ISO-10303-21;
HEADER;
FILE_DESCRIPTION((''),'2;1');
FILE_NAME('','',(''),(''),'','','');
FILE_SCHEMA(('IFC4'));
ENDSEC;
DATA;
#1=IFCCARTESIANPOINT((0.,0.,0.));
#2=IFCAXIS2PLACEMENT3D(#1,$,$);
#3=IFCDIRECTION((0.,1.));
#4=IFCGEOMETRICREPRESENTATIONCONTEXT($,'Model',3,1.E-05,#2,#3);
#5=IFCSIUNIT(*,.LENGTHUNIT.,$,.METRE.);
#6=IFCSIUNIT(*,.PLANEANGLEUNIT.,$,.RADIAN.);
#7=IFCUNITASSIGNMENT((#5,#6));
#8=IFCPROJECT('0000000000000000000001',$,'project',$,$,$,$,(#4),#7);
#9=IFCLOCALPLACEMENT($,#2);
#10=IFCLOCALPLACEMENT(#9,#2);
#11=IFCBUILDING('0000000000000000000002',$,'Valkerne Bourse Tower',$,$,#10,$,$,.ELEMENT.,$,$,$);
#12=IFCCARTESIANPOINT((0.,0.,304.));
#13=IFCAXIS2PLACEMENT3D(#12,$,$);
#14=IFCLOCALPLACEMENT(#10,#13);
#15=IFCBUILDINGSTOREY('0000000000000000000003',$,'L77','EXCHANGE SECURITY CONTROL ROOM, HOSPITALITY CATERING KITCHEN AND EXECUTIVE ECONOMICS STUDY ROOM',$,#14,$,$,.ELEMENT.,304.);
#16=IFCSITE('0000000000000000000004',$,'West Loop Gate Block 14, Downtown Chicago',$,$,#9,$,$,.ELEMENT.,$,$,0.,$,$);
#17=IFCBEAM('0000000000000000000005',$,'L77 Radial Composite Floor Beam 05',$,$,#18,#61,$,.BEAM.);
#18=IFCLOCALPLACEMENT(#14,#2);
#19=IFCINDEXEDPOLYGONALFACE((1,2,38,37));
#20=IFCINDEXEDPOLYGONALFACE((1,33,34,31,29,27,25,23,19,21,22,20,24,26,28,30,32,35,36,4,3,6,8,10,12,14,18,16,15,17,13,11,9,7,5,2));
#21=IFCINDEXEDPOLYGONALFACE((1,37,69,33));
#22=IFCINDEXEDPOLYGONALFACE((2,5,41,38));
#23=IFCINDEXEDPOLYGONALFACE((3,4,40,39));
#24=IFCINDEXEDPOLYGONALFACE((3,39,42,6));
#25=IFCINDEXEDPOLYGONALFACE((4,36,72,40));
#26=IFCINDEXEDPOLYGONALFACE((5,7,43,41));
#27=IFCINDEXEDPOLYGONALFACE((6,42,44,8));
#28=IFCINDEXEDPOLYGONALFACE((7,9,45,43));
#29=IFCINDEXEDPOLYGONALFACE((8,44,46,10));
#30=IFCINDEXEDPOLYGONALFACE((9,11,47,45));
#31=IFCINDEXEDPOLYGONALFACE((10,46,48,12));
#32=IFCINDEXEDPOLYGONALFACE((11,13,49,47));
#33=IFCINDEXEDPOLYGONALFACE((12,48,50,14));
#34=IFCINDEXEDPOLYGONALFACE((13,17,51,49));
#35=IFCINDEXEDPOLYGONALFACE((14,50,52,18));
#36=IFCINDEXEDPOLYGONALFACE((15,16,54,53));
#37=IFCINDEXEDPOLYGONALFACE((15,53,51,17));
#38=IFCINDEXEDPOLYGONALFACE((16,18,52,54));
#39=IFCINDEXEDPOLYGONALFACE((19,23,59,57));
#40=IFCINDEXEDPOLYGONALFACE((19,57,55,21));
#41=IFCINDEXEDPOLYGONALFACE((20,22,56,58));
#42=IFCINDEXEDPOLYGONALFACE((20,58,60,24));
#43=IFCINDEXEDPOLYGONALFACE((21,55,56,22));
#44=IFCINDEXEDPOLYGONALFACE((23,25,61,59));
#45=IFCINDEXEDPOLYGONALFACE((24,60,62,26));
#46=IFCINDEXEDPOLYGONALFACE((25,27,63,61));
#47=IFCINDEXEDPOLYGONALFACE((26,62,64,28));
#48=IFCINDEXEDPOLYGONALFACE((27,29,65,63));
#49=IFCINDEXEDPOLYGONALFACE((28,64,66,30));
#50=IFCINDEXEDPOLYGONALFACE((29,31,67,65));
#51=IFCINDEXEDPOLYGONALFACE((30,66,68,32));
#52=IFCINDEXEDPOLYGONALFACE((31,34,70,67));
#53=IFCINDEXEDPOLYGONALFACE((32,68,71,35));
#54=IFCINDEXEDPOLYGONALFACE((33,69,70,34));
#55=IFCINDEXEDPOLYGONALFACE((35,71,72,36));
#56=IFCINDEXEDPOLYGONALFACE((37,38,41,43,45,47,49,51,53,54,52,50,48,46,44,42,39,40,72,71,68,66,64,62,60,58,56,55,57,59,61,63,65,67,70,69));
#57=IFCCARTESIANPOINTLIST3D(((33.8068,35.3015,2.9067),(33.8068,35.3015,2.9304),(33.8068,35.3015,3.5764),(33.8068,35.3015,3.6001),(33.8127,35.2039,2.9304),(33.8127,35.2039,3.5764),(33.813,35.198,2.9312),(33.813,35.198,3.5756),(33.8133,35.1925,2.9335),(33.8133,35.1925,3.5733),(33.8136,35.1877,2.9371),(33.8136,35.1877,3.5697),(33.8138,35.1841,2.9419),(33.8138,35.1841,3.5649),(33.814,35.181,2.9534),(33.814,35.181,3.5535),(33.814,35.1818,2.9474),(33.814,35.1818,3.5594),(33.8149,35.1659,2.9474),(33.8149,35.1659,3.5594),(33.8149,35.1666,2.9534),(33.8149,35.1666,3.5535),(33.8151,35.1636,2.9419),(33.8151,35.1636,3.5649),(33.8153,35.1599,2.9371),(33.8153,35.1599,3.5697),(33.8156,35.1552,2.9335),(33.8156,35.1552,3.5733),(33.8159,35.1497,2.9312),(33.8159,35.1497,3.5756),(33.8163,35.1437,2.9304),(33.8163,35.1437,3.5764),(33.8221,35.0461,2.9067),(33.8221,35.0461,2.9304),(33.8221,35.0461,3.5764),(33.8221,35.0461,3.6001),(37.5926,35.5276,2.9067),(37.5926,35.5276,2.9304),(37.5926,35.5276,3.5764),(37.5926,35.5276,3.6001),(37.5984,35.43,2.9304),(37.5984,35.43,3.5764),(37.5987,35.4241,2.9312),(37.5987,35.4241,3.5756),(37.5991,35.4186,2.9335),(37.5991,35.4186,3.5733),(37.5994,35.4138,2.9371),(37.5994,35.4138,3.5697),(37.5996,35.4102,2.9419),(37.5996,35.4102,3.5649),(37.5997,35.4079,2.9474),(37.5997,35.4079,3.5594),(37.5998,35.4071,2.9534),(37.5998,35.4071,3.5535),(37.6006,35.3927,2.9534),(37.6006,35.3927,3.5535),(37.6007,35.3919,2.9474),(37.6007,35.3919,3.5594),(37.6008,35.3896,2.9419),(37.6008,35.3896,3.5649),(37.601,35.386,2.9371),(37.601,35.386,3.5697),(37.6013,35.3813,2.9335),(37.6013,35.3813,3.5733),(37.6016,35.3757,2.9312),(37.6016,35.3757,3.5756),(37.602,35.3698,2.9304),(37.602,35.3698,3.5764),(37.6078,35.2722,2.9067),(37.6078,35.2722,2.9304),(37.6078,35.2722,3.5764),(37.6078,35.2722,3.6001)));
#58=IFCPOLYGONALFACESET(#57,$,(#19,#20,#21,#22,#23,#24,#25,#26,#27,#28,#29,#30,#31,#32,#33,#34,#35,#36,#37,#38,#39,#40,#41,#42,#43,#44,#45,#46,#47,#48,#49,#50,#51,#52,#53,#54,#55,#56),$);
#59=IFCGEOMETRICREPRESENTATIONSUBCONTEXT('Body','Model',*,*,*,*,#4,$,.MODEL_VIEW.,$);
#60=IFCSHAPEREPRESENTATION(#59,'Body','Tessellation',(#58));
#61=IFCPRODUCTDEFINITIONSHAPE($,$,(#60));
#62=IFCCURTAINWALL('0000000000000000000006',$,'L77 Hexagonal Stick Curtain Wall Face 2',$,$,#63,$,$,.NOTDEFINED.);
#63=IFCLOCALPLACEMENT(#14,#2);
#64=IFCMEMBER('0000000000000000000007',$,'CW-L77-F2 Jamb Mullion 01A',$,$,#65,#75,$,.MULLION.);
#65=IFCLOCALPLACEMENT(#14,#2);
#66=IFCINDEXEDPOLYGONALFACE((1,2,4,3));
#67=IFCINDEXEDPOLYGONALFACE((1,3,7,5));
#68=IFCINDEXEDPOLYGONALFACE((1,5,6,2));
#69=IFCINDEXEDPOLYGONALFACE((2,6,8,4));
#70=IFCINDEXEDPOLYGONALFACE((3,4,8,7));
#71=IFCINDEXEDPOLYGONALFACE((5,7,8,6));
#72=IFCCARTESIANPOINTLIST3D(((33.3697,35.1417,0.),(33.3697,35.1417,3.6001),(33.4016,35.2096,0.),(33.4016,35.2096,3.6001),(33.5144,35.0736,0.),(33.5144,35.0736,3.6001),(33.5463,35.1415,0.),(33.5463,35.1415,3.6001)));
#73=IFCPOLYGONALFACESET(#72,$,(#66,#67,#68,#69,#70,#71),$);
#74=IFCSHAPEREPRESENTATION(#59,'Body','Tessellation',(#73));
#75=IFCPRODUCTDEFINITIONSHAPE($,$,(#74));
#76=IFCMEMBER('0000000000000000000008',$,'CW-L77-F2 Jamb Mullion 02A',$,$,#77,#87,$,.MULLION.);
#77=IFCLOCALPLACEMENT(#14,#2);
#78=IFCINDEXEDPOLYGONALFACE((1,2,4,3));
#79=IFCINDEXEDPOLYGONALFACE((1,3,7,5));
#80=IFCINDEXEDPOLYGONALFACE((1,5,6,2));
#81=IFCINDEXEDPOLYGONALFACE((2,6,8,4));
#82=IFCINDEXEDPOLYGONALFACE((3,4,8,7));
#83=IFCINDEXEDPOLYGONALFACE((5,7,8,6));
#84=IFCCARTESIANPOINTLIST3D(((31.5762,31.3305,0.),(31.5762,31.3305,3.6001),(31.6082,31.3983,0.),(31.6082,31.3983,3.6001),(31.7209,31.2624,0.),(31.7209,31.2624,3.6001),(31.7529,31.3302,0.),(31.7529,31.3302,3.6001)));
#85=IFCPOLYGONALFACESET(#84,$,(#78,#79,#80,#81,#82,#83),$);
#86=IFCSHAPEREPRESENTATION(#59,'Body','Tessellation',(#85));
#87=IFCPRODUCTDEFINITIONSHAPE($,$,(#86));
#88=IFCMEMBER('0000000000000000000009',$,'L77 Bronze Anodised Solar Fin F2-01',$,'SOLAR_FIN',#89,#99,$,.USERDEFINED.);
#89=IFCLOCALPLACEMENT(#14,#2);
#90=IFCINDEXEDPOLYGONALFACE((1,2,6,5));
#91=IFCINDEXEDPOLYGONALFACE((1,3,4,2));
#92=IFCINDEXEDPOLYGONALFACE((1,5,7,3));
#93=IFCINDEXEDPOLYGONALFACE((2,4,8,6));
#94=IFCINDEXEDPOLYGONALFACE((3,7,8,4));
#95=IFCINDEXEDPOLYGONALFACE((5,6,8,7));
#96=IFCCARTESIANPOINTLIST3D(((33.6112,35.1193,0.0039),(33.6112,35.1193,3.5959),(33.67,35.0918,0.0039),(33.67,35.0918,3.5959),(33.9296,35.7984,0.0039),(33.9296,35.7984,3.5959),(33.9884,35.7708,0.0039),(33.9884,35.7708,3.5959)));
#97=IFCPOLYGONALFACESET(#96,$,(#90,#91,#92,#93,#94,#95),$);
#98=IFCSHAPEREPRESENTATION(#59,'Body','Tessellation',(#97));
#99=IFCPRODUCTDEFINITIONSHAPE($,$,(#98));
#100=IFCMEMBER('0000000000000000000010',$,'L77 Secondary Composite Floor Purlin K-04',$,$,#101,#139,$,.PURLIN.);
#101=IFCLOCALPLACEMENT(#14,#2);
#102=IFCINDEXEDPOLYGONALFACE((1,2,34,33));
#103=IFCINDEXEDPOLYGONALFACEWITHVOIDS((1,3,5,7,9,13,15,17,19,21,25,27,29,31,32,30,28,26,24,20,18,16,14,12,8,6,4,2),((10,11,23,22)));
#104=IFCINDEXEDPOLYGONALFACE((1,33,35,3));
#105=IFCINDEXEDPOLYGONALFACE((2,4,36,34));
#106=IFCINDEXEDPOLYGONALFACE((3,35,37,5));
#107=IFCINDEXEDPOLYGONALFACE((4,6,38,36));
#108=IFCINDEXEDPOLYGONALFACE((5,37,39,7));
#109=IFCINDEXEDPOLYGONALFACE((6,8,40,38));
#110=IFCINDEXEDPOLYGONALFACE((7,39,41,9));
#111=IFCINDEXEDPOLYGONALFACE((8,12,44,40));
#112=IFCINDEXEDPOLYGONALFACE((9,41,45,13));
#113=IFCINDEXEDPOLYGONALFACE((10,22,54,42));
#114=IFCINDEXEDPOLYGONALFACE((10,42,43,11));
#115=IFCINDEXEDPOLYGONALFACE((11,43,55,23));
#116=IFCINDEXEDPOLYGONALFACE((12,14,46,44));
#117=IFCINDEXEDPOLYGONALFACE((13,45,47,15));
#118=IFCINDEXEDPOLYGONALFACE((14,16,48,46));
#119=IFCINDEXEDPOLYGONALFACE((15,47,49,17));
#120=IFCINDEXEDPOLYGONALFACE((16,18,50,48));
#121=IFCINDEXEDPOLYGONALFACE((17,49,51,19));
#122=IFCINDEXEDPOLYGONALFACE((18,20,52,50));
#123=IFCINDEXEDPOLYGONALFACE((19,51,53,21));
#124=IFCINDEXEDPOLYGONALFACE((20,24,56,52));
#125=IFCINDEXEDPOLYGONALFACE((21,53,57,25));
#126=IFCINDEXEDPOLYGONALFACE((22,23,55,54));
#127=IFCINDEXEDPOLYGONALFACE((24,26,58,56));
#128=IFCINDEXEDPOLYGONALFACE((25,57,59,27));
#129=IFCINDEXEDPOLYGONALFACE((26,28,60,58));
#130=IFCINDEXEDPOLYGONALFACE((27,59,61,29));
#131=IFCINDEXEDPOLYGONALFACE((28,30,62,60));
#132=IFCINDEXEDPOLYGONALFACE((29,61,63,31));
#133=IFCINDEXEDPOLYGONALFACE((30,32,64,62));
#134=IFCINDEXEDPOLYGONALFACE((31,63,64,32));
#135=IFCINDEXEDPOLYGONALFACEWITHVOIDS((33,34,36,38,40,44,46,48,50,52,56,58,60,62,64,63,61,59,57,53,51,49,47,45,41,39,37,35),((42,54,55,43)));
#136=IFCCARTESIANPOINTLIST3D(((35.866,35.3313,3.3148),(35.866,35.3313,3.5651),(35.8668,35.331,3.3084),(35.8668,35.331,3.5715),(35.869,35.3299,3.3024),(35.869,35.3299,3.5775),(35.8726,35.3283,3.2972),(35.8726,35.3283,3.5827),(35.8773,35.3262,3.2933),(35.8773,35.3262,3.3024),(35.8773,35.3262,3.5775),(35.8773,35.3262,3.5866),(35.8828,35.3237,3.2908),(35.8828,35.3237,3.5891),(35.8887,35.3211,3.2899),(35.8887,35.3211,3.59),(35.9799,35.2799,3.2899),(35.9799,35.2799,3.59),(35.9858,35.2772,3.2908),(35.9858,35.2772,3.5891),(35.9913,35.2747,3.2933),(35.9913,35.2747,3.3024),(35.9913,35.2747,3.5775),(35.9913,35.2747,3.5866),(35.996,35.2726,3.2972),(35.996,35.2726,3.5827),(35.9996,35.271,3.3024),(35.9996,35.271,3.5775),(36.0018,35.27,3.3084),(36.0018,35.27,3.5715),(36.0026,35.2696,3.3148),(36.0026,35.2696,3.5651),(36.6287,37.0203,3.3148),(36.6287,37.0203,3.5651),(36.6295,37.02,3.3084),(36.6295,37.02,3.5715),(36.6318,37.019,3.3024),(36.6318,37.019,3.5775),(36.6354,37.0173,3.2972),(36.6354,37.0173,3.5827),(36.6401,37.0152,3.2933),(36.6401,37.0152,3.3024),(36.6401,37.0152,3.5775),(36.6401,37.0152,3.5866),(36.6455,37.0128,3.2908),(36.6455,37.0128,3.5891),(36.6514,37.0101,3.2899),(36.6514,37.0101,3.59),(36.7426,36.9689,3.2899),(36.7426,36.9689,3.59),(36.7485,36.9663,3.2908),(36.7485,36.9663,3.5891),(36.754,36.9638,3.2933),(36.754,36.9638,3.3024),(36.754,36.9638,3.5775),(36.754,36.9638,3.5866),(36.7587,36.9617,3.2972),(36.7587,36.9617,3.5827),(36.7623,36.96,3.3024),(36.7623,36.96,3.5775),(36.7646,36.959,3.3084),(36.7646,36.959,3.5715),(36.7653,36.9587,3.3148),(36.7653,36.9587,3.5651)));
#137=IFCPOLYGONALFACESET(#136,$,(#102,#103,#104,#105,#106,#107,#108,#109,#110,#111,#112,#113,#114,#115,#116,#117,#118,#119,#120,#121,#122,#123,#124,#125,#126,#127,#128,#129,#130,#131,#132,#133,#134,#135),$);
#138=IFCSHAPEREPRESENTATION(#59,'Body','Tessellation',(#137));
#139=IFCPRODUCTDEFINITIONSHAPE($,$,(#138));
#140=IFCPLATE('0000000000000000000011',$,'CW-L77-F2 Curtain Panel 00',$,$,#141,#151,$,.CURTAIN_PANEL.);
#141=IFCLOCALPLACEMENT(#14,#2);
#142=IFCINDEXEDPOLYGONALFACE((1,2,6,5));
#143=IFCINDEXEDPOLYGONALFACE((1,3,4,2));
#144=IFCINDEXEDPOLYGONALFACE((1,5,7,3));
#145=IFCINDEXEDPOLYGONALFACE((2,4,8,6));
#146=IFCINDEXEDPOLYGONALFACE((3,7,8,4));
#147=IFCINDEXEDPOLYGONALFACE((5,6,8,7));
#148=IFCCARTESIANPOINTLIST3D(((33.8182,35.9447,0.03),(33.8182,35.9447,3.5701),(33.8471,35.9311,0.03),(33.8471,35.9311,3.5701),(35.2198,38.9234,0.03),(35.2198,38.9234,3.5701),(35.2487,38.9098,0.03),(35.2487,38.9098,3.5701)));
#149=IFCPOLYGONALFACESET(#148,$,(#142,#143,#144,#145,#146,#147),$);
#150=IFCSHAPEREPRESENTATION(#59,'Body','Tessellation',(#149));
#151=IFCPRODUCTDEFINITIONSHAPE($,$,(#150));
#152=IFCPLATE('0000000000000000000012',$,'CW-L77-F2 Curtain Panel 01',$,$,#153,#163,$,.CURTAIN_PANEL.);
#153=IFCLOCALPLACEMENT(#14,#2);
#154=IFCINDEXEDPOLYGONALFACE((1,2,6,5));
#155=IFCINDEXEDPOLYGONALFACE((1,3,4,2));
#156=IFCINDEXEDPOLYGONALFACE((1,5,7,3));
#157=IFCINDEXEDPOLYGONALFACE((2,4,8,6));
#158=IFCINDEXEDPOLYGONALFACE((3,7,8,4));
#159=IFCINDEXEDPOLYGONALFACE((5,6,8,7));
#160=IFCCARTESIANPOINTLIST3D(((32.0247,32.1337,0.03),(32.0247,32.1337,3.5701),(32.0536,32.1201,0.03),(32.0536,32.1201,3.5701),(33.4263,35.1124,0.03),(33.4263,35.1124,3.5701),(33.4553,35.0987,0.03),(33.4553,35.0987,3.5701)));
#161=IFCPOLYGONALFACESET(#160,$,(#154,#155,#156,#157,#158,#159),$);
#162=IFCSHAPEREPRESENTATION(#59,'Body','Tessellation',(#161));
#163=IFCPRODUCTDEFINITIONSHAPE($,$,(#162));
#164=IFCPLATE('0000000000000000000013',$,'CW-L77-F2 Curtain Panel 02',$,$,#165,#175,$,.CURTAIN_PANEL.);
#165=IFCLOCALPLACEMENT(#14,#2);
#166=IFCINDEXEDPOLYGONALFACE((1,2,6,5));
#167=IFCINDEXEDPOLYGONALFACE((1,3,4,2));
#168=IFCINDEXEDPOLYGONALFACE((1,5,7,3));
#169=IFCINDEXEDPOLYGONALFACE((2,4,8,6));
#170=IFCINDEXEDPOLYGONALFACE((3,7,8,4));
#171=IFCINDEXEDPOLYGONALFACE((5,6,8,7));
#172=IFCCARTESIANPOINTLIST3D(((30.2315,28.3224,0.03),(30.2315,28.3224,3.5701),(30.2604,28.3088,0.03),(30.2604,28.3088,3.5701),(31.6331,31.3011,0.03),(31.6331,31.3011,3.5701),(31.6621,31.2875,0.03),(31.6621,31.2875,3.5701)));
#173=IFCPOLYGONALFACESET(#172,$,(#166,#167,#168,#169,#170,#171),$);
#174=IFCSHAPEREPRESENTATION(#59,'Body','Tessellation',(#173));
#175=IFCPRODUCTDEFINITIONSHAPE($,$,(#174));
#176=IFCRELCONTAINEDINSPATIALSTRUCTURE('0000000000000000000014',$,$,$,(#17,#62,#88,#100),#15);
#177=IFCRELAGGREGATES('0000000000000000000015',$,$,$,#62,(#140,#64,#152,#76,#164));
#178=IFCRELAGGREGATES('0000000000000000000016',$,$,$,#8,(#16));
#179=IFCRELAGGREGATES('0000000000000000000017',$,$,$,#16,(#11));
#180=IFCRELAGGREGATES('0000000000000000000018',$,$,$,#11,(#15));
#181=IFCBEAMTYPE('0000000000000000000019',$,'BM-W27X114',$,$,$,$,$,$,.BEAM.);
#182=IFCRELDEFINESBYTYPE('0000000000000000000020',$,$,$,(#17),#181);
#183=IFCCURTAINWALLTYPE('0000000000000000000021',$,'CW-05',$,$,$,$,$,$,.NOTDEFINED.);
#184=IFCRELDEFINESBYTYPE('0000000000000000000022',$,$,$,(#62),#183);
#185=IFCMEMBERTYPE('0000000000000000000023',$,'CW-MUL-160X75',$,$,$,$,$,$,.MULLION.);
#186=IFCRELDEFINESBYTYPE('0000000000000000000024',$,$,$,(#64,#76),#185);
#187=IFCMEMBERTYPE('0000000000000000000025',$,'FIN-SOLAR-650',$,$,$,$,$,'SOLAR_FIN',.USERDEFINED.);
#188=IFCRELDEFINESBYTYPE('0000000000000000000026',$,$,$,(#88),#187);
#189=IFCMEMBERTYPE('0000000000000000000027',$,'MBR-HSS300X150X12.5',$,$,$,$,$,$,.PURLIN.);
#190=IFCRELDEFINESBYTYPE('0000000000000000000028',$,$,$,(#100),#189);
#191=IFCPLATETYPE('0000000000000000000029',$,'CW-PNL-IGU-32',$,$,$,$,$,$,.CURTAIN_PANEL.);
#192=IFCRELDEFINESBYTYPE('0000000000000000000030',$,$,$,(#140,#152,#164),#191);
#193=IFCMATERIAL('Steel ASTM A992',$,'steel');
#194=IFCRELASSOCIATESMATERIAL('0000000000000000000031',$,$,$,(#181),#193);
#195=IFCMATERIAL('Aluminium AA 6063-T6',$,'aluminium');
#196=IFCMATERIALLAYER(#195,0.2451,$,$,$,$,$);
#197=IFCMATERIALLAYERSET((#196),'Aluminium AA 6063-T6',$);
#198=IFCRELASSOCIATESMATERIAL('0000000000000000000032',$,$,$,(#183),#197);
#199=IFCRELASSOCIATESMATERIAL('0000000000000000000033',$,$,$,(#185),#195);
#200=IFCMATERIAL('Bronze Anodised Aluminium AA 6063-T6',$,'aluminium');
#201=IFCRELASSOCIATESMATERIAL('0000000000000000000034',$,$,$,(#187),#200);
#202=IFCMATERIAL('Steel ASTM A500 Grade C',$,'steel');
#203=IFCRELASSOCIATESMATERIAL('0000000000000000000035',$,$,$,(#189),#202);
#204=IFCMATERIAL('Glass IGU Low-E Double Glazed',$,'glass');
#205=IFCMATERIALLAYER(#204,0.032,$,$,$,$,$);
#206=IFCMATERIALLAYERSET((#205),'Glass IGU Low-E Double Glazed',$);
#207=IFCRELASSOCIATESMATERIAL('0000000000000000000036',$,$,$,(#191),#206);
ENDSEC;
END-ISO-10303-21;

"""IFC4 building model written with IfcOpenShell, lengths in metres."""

from ifc_helpers import new_model, si_unit, direction, frame, origin, origin_2d, place, context, subcontext, project, spatial, rectangle, hollow_rectangle, i_section, extrude, material, layer, layer_set, material_profile, profile_set, type_object, element, aggregate, save


model = new_model("IFC4")

# Units and contexts
model_context = context("Model", 3, precision=1e-05, world=origin(), true_north=direction((0.0, 1.0)))
body_context = subcontext(model_context, "Body", "Model", "MODEL_VIEW")
ifc_project = project(units=[si_unit("LENGTHUNIT", "METRE"), si_unit("PLANEANGLEUNIT", "RADIAN")], contexts=[model_context])

# Site, building, storey
site_placement = place(None, origin())
site = spatial("IfcSite", under=ifc_project, at=site_placement, Name="West Loop Gate Block 14, Downtown Chicago", CompositionType="ELEMENT", RefElevation=0.0)
building_placement = place(site_placement, origin())
building = spatial("IfcBuilding", under=site, at=building_placement, Name="Valkerne Bourse Tower", CompositionType="ELEMENT")
storey_placement = place(building_placement, frame((0.0, 0.0, 304.0)))
storey = spatial("IfcBuildingStorey", under=building, at=storey_placement, Name="L77", Description="EXCHANGE SECURITY CONTROL ROOM, HOSPITALITY CATERING KITCHEN AND EXECUTIVE ECONOMICS STUDY ROOM", CompositionType="ELEMENT", Elevation=304.0)

# Beam
ifc_material_1 = material(Name="Steel ASTM A992", Category="steel")
ifc_material_profile_1 = material_profile(ifc_material_1, i_section(OverallWidth=0.2559, OverallDepth=0.6934, WebThickness=0.0144, FlangeThickness=0.0237, FilletRadius=0.0229, at=origin_2d()), Name="W27X114")
ifc_profile_set_1 = profile_set([ifc_material_profile_1], Name="Steel ASTM A992")
beam_type_1 = type_object("IfcBeamType", Name="BM-W27X114", PredefinedType="BEAM", material=ifc_profile_set_1)
beam_placement = place(storey_placement, frame((33.8145, 35.1738, 3.2534), z_axis=(0.998222, 0.059613, 0.0), x_axis=(-0.059613, 0.998222, 0.0)))
element("IfcBeam", 1, at=beam_placement, inside=storey, type_object=beam_type_1, Name="L77 Radial Composite Floor Beam 05", PredefinedType="BEAM", context=body_context, shape_type="SweptSolid", body=[
    extrude(i_section(OverallWidth=0.2559, OverallDepth=0.6934, WebThickness=0.0144, FlangeThickness=0.0237, FilletRadius=0.0229, at=origin_2d()), origin(), (0.0, 0.0, 1.0), 3.7925),
])

# Curtain wall, members
ifc_material_2 = material(Name="Aluminium AA 6063-T6", Category="aluminium")
ifc_layer_1 = layer(ifc_material_2, 0.2451)
ifc_layer_set_1 = layer_set([ifc_layer_1], Name="Aluminium AA 6063-T6")
curtain_wall_type = type_object("IfcCurtainWallType", Name="CW-05", PredefinedType="NOTDEFINED", material=ifc_layer_set_1)
curtain_wall_placement = place(storey_placement, origin())
curtain_wall = element("IfcCurtainWall", 2, at=curtain_wall_placement, inside=storey, type_object=curtain_wall_type, Name="L77 Hexagonal Stick Curtain Wall Face 2", PredefinedType="NOTDEFINED")
ifc_material_profile_2 = material_profile(ifc_material_2, rectangle(XDim=0.075, YDim=0.1599, at=origin_2d()), Name="CWM-75X160")
ifc_profile_set_2 = profile_set([ifc_material_profile_2], Name="Aluminium AA 6063-T6")
member_type_1 = type_object("IfcMemberType", Name="CW-MUL-160X75", PredefinedType="MULLION", material=ifc_profile_set_2)
member_1_placement = place(storey_placement, frame((33.458, 35.1416, 0.0), z_axis=(0.0, 0.0, 1.0), x_axis=(-0.425776, -0.904828, 0.0)))
member_1 = element("IfcMember", 3, at=member_1_placement, type_object=member_type_1, Name="CW-L77-F2 Jamb Mullion 01A", PredefinedType="MULLION", context=body_context, shape_type="SweptSolid", body=[
    extrude(rectangle(XDim=0.075, YDim=0.1599, at=origin_2d()), origin(), (0.0, 0.0, 1.0), 3.6001),
])
member_2_placement = place(storey_placement, frame((31.6646, 31.3303, 0.0), z_axis=(0.0, 0.0, 1.0), x_axis=(-0.425786, -0.904824, 0.0)))
member_2 = element("IfcMember", 4, at=member_2_placement, type_object=member_type_1, Name="CW-L77-F2 Jamb Mullion 02A", PredefinedType="MULLION", context=body_context, shape_type="SweptSolid", body=[
    extrude(rectangle(XDim=0.075, YDim=0.1599, at=origin_2d()), origin(), (0.0, 0.0, 1.0), 3.6001),
])

# Members
ifc_material_3 = material(Name="Bronze Anodised Aluminium AA 6063-T6", Category="aluminium")
ifc_material_profile_3 = material_profile(ifc_material_3, rectangle(XDim=0.0649, YDim=0.75, at=origin_2d()), Name="FIN-65X750")
ifc_profile_set_3 = profile_set([ifc_material_profile_3], Name="Bronze Anodised Aluminium AA 6063-T6")
member_type_2 = type_object("IfcMemberType", Name="FIN-SOLAR-650", ElementType="SOLAR_FIN", PredefinedType="USERDEFINED", material=ifc_profile_set_3)
member_3_placement = place(storey_placement, frame((33.7998, 35.4451, 0.0039), z_axis=(0.0, 0.0, 1.0), x_axis=(-0.905373, 0.424618, 0.0)))
element("IfcMember", 5, at=member_3_placement, inside=storey, type_object=member_type_2, Name="L77 Bronze Anodised Solar Fin F2-01", ObjectType="SOLAR_FIN", PredefinedType="USERDEFINED", context=body_context, shape_type="SweptSolid", body=[
    extrude(rectangle(XDim=0.0649, YDim=0.75, at=origin_2d()), origin(), (0.0, 0.0, 1.0), 3.592),
])
ifc_material_4 = material(Name="Steel ASTM A500 Grade C", Category="steel")
ifc_material_profile_4 = material_profile(ifc_material_4, hollow_rectangle(XDim=0.1499, YDim=0.3, WallThickness=0.0125, OuterFilletRadius=0.0249, at=origin_2d()), Name="HSS300X150X12.5")
ifc_profile_set_4 = profile_set([ifc_material_profile_4], Name="Steel ASTM A500 Grade C")
member_type_3 = type_object("IfcMemberType", Name="MBR-HSS300X150X12.5", PredefinedType="PURLIN", material=ifc_profile_set_4)
member_4_placement = place(storey_placement, frame((36.697, 36.9895, 3.4399), z_axis=(-0.411558, -0.911383, 0.0), x_axis=(0.911383, -0.411558, 0.0)))
element("IfcMember", 6, at=member_4_placement, inside=storey, type_object=member_type_3, Name="L77 Secondary Composite Floor Purlin K-04", PredefinedType="PURLIN", context=body_context, shape_type="SweptSolid", body=[
    extrude(hollow_rectangle(XDim=0.1499, YDim=0.3, WallThickness=0.0125, OuterFilletRadius=0.0249, at=origin_2d()), origin(), (0.0, 0.0, 1.0), 1.8533),
])

# Plates
ifc_material_5 = material(Name="Glass IGU Low-E Double Glazed", Category="glass")
ifc_layer_2 = layer(ifc_material_5, 0.032)
ifc_layer_set_2 = layer_set([ifc_layer_2], Name="Glass IGU Low-E Double Glazed")
plate_type = type_object("IfcPlateType", Name="CW-PNL-IGU-32", PredefinedType="CURTAIN_PANEL", material=ifc_layer_set_2)
plate_1_placement = place(storey_placement, frame((34.5334, 37.4272, 0.03), z_axis=(0.0, 0.0, 1.0), x_axis=(-0.425766, -0.904833, 0.0)))
plate_1 = element("IfcPlate", 7, at=plate_1_placement, type_object=plate_type, Name="CW-L77-F2 Curtain Panel 00", PredefinedType="CURTAIN_PANEL", context=body_context, shape_type="SweptSolid", body=[
    extrude(rectangle(XDim=3.292, YDim=0.032, at=origin_2d()), origin(), (0.0, 0.0, 1.0), 3.54),
])
plate_2_placement = place(storey_placement, frame((32.74, 33.6162, 0.03), z_axis=(0.0, 0.0, 1.0), x_axis=(-0.425776, -0.904828, 0.0)))
plate_2 = element("IfcPlate", 8, at=plate_2_placement, type_object=plate_type, Name="CW-L77-F2 Curtain Panel 01", PredefinedType="CURTAIN_PANEL", context=body_context, shape_type="SweptSolid", body=[
    extrude(rectangle(XDim=3.292, YDim=0.032, at=origin_2d()), origin(), (0.0, 0.0, 1.0), 3.54),
])
plate_3_placement = place(storey_placement, frame((30.9468, 29.8049, 0.03), z_axis=(0.0, 0.0, 1.0), x_axis=(-0.425786, -0.904824, 0.0)))
plate_3 = element("IfcPlate", 9, at=plate_3_placement, type_object=plate_type, Name="CW-L77-F2 Curtain Panel 02", PredefinedType="CURTAIN_PANEL", context=body_context, shape_type="SweptSolid", body=[
    extrude(rectangle(XDim=3.292, YDim=0.032, at=origin_2d()), origin(), (0.0, 0.0, 1.0), 3.54),
])
aggregate(curtain_wall, [plate_1, member_1, plate_2, member_2, plate_3])

save(model, "model.ifc")
